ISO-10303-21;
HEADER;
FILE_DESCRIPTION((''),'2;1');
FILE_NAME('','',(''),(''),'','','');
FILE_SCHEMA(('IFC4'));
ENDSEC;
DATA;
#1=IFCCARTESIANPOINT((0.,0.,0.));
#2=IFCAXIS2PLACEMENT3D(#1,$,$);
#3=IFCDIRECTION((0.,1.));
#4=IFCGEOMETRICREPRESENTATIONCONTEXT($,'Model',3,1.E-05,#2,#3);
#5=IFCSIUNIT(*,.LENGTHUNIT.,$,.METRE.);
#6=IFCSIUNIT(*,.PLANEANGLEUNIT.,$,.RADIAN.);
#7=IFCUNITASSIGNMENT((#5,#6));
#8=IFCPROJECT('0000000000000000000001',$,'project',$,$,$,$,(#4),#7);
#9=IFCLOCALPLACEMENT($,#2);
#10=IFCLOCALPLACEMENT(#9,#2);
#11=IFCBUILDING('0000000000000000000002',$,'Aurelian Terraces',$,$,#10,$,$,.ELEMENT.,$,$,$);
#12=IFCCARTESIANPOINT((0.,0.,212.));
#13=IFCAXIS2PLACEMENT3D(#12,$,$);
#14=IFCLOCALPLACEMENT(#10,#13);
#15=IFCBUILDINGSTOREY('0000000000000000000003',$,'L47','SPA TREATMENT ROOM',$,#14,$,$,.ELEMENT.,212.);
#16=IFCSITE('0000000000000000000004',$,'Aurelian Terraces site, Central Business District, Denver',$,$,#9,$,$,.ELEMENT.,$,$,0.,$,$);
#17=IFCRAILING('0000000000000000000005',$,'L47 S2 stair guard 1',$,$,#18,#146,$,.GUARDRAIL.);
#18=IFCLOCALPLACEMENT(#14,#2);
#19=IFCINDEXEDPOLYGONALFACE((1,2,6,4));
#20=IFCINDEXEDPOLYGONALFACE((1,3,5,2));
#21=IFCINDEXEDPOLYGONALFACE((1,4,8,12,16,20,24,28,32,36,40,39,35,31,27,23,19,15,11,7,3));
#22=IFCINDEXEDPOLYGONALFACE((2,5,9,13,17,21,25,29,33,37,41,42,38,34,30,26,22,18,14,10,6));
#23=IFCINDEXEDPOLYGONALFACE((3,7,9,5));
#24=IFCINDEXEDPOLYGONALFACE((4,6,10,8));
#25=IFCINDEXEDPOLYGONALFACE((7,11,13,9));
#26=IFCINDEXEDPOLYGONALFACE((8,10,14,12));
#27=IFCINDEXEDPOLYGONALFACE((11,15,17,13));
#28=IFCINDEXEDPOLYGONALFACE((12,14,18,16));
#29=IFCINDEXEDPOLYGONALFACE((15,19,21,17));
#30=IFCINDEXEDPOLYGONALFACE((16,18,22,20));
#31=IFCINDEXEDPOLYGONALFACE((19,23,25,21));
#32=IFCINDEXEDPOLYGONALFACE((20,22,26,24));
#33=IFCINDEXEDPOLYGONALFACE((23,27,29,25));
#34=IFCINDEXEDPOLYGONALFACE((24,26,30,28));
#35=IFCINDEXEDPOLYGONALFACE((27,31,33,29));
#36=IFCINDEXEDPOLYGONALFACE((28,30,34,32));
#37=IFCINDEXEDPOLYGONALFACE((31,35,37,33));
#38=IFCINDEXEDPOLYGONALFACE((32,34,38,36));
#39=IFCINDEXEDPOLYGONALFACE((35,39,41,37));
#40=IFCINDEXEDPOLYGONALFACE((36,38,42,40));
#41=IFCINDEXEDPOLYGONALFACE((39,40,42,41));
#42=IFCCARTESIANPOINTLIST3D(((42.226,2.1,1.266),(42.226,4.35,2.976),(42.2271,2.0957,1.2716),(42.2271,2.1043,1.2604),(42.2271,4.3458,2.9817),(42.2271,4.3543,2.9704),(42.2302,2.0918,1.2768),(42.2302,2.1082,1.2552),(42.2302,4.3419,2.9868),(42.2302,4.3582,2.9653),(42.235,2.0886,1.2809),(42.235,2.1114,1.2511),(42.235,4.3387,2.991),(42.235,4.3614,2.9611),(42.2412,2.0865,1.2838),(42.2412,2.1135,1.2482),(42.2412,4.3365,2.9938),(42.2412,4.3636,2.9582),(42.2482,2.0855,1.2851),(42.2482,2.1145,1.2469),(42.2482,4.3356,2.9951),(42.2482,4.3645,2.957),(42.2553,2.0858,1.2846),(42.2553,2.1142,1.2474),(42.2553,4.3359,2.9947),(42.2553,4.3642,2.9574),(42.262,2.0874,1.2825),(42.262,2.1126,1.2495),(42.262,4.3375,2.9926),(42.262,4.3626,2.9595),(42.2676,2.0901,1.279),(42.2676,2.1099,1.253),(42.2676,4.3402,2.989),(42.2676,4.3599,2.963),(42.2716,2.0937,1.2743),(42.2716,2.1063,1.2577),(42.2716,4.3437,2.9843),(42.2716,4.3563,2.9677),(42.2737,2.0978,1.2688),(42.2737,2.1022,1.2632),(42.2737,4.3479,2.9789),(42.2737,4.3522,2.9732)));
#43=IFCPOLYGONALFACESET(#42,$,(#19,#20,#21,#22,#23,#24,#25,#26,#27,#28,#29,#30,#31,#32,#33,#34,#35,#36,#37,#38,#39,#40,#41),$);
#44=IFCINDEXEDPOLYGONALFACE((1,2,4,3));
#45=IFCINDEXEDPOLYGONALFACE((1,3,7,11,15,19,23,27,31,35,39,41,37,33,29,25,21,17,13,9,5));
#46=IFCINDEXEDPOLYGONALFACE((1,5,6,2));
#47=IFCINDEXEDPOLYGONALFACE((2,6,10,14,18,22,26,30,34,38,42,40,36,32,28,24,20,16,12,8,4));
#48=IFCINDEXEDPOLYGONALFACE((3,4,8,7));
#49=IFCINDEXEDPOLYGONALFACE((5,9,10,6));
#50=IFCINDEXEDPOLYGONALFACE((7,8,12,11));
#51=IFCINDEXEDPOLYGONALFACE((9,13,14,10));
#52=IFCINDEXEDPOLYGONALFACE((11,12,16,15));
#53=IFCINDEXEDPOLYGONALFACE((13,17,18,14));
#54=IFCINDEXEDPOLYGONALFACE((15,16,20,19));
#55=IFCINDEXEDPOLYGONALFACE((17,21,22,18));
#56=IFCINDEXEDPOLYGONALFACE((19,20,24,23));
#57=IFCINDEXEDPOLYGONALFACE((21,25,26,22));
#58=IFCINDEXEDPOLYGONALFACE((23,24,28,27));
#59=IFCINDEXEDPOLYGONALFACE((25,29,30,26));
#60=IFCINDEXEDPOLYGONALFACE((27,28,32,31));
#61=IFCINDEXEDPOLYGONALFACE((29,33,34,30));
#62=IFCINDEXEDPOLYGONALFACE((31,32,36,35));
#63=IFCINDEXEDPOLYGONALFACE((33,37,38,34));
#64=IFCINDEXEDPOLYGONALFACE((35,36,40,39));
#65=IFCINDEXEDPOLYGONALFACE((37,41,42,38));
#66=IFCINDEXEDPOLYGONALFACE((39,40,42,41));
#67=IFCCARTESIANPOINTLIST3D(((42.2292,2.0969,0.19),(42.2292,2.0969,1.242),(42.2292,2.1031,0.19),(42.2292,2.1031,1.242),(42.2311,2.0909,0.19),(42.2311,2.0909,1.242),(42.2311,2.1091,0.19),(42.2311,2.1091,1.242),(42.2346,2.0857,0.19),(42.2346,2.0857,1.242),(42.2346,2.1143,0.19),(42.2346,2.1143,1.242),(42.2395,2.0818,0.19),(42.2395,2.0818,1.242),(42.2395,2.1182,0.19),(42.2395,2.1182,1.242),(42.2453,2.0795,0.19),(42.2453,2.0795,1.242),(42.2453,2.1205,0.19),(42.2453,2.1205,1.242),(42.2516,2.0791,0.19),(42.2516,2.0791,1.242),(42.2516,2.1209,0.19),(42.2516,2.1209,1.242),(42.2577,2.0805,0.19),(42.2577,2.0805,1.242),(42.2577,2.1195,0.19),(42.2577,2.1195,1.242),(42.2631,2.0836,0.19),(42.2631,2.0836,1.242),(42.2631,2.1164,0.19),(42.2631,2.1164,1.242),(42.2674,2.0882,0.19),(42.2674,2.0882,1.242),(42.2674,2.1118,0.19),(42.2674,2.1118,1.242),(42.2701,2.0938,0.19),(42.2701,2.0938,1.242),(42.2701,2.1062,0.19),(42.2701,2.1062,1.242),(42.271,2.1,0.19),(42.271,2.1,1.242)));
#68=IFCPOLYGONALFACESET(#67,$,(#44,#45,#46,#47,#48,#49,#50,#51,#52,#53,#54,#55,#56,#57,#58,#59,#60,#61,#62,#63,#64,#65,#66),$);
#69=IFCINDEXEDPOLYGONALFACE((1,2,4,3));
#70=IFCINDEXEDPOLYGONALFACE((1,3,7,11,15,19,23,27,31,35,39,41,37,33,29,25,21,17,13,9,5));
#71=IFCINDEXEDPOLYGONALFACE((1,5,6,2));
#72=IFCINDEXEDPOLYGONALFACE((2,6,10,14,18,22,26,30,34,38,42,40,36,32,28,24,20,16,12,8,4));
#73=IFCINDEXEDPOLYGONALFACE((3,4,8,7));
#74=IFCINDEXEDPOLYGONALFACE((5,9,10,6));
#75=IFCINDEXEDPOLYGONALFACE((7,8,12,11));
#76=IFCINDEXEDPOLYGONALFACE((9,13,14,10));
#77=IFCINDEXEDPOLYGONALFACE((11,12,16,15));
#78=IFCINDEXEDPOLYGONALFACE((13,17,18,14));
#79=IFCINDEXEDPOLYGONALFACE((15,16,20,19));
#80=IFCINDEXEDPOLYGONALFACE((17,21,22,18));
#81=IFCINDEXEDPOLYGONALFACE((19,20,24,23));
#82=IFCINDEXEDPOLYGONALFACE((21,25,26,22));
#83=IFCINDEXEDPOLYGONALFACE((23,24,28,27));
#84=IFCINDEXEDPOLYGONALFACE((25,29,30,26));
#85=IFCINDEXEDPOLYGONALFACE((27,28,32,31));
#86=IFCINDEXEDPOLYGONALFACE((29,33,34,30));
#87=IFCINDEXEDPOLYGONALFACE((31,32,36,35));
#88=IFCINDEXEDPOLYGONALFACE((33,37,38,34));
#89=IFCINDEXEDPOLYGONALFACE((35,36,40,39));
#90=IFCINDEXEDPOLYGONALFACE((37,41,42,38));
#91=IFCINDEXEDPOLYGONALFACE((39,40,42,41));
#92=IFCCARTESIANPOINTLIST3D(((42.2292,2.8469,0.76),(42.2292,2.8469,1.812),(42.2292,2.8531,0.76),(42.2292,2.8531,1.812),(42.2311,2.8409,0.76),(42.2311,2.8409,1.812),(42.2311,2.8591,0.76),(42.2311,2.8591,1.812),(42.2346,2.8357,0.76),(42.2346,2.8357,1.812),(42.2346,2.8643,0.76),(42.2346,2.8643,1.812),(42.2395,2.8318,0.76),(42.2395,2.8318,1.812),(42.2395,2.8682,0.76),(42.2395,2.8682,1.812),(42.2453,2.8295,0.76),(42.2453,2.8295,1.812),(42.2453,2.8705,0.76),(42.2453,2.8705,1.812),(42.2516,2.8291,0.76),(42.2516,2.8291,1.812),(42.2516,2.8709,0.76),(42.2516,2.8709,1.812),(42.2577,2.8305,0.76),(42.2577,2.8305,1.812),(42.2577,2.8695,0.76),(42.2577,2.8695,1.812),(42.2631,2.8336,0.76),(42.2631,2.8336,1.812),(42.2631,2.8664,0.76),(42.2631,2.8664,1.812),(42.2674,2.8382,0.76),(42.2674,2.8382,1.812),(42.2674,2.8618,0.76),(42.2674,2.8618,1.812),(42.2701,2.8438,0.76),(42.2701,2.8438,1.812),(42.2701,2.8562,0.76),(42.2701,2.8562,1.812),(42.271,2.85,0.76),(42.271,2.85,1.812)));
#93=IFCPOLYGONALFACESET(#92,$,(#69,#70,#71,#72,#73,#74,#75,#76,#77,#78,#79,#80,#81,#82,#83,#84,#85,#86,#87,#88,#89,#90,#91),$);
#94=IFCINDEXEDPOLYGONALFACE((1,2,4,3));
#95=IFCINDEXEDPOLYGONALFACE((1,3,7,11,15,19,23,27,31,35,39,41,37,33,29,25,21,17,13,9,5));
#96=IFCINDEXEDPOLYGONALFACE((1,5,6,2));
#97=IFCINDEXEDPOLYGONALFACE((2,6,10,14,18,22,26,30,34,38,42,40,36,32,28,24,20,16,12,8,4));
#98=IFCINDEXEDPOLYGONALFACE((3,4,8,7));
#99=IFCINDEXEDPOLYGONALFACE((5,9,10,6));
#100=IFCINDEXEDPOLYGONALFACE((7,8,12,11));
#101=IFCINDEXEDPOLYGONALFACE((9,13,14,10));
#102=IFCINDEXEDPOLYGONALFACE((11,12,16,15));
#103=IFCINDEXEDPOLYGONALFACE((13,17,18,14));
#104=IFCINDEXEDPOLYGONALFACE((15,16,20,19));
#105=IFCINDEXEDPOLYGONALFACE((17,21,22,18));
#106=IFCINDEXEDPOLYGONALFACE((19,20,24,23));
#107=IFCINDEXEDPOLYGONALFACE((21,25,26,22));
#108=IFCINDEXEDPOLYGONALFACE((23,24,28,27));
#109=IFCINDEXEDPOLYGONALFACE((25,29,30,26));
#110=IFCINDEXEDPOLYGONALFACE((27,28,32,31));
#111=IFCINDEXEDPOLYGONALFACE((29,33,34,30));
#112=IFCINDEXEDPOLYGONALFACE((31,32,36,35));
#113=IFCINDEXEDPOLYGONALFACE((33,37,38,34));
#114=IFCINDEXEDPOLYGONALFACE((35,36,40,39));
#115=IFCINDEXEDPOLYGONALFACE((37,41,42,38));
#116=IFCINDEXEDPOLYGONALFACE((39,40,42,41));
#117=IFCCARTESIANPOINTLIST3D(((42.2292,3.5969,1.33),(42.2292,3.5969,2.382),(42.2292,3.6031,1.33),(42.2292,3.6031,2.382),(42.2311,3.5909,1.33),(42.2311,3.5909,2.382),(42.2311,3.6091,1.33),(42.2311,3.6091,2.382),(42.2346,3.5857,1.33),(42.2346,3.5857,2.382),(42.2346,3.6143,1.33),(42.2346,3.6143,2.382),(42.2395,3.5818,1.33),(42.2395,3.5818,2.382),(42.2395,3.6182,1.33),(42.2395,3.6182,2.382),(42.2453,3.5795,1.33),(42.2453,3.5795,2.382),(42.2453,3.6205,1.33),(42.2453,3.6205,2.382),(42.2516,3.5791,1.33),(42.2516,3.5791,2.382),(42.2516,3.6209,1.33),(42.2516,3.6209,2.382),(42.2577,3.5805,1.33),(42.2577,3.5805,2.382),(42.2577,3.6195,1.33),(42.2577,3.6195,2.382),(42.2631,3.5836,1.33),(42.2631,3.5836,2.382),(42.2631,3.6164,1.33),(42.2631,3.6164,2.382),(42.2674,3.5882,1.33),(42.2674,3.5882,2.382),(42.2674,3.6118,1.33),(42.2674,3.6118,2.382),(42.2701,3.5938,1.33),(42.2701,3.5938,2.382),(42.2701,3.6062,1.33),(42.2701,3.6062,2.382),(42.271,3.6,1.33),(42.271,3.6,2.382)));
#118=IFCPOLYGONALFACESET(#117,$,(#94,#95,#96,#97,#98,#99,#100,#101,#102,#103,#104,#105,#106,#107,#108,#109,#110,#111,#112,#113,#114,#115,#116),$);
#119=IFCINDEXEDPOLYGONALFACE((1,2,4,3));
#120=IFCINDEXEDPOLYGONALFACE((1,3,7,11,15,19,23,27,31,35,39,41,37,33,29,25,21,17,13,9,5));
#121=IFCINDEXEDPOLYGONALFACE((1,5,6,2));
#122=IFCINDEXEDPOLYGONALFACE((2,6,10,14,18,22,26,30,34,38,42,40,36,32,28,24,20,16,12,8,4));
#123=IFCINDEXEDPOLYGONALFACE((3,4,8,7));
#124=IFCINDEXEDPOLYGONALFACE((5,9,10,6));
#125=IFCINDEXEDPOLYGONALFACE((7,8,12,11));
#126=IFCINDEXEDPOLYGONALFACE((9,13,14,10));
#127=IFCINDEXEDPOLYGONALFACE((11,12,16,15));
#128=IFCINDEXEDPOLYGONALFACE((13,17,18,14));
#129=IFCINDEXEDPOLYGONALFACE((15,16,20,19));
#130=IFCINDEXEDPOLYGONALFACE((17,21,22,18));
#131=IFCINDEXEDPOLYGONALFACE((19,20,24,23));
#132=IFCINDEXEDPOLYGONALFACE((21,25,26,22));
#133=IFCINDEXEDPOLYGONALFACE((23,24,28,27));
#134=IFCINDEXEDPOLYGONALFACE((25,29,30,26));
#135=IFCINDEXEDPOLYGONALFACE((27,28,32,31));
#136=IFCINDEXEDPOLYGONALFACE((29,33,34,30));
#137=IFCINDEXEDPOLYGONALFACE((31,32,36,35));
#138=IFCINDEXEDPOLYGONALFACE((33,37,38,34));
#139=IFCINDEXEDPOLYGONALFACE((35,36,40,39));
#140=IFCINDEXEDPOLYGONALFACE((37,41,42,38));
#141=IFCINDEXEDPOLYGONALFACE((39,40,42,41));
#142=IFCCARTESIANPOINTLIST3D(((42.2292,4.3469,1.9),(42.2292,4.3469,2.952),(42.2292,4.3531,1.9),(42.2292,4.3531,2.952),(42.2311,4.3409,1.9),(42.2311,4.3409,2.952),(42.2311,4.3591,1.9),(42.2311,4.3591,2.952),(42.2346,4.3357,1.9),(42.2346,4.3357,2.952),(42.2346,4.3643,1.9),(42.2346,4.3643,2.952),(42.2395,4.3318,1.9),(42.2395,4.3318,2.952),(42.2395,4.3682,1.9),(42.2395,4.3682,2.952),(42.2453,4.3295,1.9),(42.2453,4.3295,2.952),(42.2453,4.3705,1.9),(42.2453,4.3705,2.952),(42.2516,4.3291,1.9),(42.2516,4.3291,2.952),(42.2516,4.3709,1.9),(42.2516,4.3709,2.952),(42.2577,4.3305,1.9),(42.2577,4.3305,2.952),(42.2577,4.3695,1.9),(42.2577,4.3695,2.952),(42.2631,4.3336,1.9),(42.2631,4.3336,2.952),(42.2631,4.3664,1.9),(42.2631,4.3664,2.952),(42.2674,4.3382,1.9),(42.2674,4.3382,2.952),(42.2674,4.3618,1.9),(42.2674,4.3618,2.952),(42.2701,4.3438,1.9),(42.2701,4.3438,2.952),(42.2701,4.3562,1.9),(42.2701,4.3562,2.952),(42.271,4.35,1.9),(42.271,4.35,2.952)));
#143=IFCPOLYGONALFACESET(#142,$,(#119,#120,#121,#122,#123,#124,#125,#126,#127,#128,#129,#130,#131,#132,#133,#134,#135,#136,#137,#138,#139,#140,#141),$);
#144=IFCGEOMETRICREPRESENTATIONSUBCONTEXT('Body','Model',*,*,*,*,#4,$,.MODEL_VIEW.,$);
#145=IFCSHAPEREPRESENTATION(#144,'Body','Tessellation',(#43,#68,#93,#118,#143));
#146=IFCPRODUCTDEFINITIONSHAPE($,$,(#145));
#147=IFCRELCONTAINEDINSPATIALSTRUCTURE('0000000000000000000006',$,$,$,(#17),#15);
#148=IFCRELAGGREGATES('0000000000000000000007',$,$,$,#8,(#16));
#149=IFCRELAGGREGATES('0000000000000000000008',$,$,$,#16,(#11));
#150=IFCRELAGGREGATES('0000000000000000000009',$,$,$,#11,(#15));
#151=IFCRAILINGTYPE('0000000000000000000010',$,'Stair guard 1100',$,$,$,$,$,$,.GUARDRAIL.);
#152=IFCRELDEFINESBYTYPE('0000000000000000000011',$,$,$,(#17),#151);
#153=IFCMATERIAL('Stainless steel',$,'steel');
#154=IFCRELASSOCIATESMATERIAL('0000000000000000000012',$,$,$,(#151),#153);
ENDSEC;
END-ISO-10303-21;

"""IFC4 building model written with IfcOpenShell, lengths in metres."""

from ifc_helpers import new_model, si_unit, direction, frame, origin, origin_2d, place, context, subcontext, project, spatial, circle, extrude, source, transform, mapped, material, type_object, element, save


model = new_model("IFC4")

# Units and contexts
model_context = context("Model", 3, precision=1e-05, world=origin(), true_north=direction((0.0, 1.0)))
body_context = subcontext(model_context, "Body", "Model", "MODEL_VIEW")
ifc_project = project(units=[si_unit("LENGTHUNIT", "METRE"), si_unit("PLANEANGLEUNIT", "RADIAN")], contexts=[model_context])

# Site, building, storey
site_placement = place(None, origin())
site = spatial("IfcSite", under=ifc_project, at=site_placement, Name="Aurelian Terraces site, Central Business District, Denver", CompositionType="ELEMENT", RefElevation=0.0)
building_placement = place(site_placement, origin())
building = spatial("IfcBuilding", under=site, at=building_placement, Name="Aurelian Terraces", CompositionType="ELEMENT")
storey_placement = place(building_placement, frame((0.0, 0.0, 212.0)))
storey = spatial("IfcBuildingStorey", under=building, at=storey_placement, Name="L47", Description="SPA TREATMENT ROOM", CompositionType="ELEMENT", Elevation=212.0)

# Railing
ifc_material_1 = material(Name="Stainless steel", Category="steel")
railing_type_1 = type_object("IfcRailingType", Name="Stair guard 1100", PredefinedType="GUARDRAIL", material=ifc_material_1)
shared_shape_1 = source(origin(), body_context, "Body", "SweptSolid", [
    extrude(circle(Radius=0.024, at=origin_2d()), frame((0.0, 0.0, 1.076), z_axis=(0.0, 0.796162, 0.605083), x_axis=(-1.0, 0.0, 0.0)), (0.0, 0.0, 1.0), 2.8261),
    extrude(circle(Radius=0.021, at=origin_2d()), origin(), (0.0, 0.0, 1.0), 1.052),
    extrude(circle(Radius=0.021, at=origin_2d()), frame((0.0, 0.75, 0.57)), (0.0, 0.0, 1.0), 1.052),
    extrude(circle(Radius=0.021, at=origin_2d()), frame((0.0, 1.5, 1.14)), (0.0, 0.0, 1.0), 1.052),
    extrude(circle(Radius=0.021, at=origin_2d()), frame((0.0, 2.25, 1.71)), (0.0, 0.0, 1.0), 1.052),
])
railing_1_placement = place(storey_placement, frame((42.25, 2.1, 0.19)))
element("IfcRailing", 1, at=railing_1_placement, inside=storey, type_object=railing_type_1, Name="L47 S2 stair guard 1", PredefinedType="GUARDRAIL", context=body_context, shape_type="MappedRepresentation", body=[
    mapped(shared_shape_1, transform((0.0, 0.0, 0.0), scale=1.0)),
])

save(model, "model.ifc")
